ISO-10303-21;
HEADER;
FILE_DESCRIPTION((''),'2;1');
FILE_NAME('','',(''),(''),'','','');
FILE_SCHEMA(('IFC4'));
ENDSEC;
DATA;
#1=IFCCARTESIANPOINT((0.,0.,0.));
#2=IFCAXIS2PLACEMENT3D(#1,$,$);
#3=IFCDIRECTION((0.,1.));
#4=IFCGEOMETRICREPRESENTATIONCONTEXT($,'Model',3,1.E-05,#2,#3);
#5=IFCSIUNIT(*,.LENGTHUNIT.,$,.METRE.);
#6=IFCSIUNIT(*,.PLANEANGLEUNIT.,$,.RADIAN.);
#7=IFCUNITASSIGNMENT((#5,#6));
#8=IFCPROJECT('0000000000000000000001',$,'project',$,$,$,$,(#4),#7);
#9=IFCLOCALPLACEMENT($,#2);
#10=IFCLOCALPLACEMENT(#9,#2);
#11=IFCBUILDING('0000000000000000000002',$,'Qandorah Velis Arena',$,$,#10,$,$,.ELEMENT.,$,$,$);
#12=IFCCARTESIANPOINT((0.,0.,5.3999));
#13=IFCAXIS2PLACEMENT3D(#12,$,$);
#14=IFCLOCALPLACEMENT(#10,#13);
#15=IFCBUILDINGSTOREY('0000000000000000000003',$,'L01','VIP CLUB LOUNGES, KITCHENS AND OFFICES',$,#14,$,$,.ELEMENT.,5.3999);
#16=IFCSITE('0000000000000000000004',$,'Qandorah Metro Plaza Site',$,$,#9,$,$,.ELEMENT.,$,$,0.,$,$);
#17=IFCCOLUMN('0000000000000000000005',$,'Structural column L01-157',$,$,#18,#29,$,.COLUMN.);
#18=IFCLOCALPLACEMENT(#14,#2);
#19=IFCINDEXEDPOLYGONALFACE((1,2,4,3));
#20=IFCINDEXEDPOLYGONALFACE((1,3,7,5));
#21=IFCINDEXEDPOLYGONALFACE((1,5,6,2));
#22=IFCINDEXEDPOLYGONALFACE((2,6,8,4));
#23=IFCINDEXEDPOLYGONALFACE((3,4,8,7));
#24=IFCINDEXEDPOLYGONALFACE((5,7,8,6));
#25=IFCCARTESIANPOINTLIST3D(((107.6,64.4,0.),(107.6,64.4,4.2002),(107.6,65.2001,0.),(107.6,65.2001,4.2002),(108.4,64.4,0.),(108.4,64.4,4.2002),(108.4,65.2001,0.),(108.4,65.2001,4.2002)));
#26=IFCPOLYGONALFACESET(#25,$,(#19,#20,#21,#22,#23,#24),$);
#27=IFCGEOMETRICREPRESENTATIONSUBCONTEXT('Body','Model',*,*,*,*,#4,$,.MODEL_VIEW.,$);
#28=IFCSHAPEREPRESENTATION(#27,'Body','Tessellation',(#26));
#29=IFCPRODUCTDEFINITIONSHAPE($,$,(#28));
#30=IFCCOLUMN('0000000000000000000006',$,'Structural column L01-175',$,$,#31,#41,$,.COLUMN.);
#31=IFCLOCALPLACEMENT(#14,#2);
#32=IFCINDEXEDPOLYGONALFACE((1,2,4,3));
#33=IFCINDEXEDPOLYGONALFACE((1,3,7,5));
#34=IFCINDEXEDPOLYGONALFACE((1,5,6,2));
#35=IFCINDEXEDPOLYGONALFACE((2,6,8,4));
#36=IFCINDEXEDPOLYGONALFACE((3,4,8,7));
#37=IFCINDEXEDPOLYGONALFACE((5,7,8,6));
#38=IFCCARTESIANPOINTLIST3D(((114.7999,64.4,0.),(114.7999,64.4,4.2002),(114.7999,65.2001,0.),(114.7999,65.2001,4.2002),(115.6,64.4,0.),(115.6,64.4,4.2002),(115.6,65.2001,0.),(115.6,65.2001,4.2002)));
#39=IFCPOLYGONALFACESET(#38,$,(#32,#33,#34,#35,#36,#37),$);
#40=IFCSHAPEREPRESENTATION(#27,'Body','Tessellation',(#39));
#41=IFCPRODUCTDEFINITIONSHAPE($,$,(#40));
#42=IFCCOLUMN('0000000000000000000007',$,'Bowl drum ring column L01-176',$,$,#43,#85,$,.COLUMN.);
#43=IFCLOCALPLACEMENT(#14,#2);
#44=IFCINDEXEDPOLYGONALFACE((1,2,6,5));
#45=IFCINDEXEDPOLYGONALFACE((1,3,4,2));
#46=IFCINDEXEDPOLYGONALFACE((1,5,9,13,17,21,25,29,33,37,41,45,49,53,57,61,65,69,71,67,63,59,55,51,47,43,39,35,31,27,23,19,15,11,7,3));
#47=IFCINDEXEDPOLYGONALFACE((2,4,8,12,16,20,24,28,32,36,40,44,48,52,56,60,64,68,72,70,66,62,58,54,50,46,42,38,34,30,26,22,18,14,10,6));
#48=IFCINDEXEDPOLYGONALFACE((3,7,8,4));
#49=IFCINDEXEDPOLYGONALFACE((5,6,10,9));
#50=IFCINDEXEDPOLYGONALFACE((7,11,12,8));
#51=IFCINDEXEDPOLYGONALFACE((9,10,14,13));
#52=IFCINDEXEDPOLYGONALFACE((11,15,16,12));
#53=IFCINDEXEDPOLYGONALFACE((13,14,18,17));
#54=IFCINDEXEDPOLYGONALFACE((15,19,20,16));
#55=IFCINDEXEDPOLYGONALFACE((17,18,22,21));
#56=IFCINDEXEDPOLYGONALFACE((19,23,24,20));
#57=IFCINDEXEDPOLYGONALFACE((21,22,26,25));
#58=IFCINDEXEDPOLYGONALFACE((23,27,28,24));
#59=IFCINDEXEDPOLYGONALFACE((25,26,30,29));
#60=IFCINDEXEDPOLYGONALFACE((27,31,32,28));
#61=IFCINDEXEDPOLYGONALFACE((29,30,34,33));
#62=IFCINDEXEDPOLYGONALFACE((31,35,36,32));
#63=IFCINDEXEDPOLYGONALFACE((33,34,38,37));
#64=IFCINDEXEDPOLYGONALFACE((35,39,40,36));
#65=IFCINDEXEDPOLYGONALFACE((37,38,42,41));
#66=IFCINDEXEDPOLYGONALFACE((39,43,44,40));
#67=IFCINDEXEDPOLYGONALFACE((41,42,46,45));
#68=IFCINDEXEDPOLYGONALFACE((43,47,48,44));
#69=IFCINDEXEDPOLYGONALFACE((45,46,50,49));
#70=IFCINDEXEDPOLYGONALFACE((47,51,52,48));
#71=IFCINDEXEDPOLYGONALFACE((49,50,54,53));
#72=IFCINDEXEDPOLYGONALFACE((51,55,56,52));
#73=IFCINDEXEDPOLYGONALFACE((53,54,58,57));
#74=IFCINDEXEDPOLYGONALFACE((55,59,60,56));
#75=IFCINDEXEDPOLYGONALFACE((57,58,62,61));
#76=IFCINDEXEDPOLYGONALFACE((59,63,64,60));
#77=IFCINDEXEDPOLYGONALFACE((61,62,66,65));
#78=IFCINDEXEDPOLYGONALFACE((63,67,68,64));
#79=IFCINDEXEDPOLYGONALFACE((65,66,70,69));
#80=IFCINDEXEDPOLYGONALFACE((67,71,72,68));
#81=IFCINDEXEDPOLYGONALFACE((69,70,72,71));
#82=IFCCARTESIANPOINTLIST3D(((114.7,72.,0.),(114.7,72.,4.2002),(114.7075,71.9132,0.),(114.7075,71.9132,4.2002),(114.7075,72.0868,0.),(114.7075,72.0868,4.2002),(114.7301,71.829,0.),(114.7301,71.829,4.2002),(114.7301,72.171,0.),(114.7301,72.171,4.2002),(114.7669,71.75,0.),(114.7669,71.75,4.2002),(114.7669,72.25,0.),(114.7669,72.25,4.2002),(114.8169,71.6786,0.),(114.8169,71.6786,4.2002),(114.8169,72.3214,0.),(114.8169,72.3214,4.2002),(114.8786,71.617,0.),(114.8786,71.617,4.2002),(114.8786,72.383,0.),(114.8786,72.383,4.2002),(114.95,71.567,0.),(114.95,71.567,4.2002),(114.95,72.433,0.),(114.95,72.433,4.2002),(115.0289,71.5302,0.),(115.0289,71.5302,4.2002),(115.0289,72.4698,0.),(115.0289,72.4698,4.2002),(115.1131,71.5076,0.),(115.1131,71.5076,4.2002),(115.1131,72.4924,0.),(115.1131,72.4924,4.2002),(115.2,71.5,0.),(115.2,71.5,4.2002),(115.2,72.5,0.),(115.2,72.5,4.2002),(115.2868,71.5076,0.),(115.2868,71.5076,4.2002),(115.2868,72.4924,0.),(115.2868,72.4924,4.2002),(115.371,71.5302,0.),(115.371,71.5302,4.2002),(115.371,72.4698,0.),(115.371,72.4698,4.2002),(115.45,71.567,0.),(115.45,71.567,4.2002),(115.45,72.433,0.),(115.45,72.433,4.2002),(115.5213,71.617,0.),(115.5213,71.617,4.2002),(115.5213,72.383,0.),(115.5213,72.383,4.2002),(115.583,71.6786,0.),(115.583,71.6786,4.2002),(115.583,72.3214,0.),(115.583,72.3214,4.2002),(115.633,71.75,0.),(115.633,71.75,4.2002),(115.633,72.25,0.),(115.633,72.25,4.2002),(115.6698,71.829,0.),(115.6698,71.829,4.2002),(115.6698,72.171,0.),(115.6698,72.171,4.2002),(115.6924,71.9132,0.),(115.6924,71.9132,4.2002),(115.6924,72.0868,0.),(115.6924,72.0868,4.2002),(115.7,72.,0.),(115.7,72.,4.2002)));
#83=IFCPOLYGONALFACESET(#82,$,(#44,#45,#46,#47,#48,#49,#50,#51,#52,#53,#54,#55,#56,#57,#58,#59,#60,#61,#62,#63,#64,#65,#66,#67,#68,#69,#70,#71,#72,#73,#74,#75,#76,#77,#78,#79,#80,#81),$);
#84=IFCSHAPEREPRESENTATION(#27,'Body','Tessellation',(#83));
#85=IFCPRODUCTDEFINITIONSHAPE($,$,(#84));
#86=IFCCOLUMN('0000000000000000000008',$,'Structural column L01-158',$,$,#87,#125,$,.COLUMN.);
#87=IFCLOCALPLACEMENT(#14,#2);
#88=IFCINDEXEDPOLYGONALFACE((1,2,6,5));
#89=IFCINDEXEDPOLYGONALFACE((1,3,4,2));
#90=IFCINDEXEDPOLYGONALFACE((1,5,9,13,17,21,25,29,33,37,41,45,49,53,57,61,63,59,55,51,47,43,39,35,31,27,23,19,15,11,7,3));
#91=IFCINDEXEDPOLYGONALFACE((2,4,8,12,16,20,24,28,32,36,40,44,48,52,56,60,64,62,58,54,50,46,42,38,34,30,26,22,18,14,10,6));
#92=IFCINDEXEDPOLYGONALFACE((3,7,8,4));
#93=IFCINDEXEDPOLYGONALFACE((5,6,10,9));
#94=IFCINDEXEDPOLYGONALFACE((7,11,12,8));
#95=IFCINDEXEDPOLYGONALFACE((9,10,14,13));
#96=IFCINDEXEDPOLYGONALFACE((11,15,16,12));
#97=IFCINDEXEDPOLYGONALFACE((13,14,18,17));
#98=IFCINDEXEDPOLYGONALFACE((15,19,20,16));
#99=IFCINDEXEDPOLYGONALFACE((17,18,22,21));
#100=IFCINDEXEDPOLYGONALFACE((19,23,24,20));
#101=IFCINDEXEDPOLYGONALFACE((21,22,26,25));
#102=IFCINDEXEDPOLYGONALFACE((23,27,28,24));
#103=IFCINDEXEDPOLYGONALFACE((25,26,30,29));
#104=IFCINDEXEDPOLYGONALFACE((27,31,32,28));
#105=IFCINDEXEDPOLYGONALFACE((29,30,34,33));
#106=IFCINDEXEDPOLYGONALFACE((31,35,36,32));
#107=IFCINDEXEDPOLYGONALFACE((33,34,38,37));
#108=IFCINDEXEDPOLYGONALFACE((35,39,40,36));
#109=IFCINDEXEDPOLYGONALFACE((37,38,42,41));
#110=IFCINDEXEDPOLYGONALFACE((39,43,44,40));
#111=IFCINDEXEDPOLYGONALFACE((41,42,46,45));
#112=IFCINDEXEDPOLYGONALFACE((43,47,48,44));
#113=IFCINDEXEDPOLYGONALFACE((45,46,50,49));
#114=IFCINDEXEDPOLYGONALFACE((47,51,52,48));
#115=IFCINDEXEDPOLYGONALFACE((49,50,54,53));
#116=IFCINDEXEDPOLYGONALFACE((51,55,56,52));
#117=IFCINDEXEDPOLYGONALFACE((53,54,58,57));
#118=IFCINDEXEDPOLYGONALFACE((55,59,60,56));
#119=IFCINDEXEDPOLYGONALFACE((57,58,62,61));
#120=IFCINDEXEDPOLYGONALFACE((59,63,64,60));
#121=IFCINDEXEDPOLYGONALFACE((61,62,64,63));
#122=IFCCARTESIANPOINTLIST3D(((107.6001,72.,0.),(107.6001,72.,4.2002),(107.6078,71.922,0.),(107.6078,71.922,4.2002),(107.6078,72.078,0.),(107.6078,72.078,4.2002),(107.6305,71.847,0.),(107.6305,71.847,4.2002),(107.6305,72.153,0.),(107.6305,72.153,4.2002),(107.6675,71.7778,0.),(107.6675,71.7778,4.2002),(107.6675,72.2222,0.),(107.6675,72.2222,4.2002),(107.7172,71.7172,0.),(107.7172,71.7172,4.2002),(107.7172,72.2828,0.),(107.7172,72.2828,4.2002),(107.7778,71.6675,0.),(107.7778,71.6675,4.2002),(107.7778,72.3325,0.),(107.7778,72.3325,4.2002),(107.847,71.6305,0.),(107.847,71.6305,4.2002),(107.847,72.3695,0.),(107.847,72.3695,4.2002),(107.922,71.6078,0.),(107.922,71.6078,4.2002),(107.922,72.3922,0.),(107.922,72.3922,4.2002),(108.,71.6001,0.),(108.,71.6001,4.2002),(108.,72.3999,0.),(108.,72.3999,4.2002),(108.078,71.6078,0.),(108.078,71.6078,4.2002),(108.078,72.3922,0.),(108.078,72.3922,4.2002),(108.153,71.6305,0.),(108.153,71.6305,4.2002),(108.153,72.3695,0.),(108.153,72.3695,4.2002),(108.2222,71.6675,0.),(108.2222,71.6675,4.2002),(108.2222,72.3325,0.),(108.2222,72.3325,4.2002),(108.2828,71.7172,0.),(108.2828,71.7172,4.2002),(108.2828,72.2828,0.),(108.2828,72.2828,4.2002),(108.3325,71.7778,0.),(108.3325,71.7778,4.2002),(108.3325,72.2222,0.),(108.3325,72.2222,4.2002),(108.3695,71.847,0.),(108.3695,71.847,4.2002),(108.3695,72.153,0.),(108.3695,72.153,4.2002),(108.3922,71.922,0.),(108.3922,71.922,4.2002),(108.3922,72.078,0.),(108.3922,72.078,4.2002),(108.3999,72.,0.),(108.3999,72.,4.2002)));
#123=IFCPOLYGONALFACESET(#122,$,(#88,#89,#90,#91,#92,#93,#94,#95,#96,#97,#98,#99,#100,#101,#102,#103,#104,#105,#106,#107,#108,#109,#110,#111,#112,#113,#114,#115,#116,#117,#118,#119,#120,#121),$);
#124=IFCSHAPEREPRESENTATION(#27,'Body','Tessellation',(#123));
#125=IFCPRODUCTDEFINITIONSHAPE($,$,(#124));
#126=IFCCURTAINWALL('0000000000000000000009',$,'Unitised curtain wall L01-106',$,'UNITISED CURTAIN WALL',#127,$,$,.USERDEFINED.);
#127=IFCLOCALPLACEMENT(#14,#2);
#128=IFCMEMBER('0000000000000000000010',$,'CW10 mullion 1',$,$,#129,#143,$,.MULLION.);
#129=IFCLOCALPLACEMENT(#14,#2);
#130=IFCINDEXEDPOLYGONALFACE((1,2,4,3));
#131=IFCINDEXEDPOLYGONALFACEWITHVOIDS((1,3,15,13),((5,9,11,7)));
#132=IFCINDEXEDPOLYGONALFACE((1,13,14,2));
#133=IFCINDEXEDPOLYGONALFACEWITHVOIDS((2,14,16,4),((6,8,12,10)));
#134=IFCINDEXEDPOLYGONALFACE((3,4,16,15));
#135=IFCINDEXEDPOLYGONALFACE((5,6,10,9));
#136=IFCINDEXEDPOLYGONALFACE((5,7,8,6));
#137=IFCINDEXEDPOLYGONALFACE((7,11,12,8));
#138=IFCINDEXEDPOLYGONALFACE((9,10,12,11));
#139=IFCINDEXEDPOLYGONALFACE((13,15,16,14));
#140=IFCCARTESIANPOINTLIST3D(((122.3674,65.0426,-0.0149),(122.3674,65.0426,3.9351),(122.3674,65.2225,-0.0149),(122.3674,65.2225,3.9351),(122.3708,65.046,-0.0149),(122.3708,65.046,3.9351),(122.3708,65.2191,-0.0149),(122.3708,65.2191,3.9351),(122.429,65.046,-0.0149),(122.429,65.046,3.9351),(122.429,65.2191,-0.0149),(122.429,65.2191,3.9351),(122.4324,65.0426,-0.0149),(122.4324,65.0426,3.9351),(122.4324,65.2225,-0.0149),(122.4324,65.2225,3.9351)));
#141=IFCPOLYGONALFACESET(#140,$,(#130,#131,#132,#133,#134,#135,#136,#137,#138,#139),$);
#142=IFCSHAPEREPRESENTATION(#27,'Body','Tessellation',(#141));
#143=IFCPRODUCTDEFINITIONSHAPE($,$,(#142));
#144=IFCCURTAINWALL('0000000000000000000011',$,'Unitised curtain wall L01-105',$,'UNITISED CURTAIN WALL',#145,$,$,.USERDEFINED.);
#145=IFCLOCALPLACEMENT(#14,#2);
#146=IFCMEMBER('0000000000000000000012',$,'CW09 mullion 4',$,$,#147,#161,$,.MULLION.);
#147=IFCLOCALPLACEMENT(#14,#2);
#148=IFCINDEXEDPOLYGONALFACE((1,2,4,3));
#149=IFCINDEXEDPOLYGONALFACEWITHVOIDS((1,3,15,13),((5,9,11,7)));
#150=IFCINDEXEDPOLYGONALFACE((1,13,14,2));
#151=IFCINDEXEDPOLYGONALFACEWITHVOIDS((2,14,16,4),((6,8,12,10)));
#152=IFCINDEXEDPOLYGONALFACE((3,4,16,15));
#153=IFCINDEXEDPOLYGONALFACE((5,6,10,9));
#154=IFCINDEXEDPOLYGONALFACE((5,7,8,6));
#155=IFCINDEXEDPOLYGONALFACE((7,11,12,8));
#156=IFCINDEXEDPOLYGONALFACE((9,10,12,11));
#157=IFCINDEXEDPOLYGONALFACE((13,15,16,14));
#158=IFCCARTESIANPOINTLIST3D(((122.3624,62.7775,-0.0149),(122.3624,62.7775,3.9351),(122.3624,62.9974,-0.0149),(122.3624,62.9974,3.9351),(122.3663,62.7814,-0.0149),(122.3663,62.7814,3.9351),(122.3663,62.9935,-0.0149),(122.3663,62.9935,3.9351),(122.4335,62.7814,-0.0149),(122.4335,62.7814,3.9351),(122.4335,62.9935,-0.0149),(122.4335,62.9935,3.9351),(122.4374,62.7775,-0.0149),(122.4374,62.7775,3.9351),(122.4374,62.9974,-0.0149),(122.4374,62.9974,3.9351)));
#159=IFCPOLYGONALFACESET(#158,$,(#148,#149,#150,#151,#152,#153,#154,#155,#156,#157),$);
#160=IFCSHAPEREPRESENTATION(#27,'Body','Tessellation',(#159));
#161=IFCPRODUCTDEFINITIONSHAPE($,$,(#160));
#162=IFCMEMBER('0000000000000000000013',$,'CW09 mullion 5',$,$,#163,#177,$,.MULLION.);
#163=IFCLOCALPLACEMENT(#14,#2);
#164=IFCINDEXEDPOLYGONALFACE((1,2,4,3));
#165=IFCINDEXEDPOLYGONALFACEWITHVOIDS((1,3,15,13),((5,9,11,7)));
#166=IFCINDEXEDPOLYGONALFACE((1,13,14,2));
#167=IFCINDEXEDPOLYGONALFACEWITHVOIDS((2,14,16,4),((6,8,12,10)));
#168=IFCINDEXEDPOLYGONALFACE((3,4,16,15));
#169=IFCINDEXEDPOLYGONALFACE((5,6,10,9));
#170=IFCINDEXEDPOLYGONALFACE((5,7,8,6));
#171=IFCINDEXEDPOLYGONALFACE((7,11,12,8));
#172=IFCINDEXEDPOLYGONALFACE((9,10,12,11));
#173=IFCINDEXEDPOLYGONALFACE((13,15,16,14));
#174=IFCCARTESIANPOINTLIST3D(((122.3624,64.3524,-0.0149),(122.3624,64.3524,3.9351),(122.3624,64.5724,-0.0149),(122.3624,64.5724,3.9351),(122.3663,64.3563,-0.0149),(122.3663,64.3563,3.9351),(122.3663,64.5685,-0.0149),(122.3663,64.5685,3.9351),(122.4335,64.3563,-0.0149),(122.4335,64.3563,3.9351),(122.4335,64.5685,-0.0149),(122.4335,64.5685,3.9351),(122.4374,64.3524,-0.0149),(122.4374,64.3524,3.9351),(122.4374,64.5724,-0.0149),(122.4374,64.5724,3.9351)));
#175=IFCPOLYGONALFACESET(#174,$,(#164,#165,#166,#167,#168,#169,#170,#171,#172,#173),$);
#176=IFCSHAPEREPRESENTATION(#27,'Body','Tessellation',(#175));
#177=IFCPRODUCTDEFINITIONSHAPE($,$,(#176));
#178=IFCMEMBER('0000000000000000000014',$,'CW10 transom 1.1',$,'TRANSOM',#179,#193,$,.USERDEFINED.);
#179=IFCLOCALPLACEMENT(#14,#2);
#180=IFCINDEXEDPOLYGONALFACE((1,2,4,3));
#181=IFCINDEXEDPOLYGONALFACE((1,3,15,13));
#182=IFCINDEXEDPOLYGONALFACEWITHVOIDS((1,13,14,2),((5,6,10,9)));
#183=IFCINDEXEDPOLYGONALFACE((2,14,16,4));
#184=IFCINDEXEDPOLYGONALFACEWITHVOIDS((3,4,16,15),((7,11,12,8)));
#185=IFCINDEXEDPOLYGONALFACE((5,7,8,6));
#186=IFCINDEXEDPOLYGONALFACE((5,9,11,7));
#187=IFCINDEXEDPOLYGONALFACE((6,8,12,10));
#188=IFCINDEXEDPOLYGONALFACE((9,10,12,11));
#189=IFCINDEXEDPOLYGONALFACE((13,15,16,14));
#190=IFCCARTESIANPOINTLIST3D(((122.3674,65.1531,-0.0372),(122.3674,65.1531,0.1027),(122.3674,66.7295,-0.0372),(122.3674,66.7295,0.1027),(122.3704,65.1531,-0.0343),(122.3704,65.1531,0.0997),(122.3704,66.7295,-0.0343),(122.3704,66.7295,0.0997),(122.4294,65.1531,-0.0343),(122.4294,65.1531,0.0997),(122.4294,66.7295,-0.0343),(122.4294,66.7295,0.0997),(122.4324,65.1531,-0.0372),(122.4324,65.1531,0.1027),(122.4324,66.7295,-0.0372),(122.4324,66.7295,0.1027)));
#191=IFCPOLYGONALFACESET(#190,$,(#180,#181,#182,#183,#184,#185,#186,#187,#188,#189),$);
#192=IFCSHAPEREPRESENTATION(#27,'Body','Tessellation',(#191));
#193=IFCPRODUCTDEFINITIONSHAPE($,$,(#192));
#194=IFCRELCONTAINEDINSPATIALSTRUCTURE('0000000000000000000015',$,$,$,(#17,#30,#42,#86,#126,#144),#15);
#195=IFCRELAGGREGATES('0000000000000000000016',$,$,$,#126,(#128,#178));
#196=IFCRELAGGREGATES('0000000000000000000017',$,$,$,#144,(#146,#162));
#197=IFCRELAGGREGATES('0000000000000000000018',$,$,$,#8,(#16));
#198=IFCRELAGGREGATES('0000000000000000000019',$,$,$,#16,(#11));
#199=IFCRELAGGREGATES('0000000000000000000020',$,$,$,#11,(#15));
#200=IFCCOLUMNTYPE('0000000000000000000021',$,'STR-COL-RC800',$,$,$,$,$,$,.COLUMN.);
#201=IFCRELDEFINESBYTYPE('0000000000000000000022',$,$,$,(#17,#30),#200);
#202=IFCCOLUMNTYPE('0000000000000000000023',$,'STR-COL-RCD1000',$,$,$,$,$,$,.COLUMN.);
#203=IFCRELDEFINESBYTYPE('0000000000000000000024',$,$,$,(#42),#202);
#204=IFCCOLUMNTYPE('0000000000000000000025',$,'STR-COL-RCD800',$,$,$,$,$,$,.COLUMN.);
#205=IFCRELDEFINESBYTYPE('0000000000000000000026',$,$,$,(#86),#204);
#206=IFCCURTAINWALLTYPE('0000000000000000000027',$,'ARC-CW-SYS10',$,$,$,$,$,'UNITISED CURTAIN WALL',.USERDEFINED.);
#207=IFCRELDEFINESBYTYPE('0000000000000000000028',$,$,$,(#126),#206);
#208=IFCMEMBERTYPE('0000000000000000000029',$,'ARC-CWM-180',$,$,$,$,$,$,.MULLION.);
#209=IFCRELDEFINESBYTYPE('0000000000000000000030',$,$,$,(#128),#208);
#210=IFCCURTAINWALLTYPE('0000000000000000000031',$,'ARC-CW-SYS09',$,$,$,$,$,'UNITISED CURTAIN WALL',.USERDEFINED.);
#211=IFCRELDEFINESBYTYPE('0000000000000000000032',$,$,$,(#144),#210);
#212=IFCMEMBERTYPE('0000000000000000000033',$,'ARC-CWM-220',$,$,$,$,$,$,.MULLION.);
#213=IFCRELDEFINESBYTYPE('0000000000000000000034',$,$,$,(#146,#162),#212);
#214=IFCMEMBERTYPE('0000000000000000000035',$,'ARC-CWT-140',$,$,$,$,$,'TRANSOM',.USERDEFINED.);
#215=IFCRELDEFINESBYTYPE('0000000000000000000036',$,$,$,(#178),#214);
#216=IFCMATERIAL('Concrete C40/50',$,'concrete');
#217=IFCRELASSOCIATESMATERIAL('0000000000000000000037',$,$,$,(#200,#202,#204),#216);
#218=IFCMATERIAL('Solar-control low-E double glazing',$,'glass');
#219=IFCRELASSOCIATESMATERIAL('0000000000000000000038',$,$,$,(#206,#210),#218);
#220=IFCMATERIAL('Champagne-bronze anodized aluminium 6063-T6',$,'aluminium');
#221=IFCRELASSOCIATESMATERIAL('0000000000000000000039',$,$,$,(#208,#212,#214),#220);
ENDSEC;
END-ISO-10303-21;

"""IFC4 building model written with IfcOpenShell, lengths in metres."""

from ifc_helpers import new_model, si_unit, direction, frame, origin, origin_2d, place, context, subcontext, project, spatial, rectangle, hollow_rectangle, circle, extrude, material, material_profile, profile_set, type_object, element, aggregate, save


model = new_model("IFC4")

# Units and contexts
model_context = context("Model", 3, precision=1e-05, world=origin(), true_north=direction((0.0, 1.0)))
body_context = subcontext(model_context, "Body", "Model", "MODEL_VIEW")
ifc_project = project(units=[si_unit("LENGTHUNIT", "METRE"), si_unit("PLANEANGLEUNIT", "RADIAN")], contexts=[model_context])

# Site, building, storey
site_placement = place(None, origin())
site = spatial("IfcSite", under=ifc_project, at=site_placement, Name="Qandorah Metro Plaza Site", CompositionType="ELEMENT", RefElevation=0.0)
building_placement = place(site_placement, origin())
building = spatial("IfcBuilding", under=site, at=building_placement, Name="Qandorah Velis Arena", CompositionType="ELEMENT")
storey_placement = place(building_placement, frame((0.0, 0.0, 5.3999)))
storey = spatial("IfcBuildingStorey", under=building, at=storey_placement, Name="L01", Description="VIP CLUB LOUNGES, KITCHENS AND OFFICES", CompositionType="ELEMENT", Elevation=5.3999)

# Columns
ifc_material_1 = material(Name="Concrete C40/50", Category="concrete")
ifc_material_profile_1 = material_profile(ifc_material_1, rectangle(XDim=0.8, YDim=0.8, at=origin_2d()), Name="RC COL 800x800")
ifc_profile_set_1 = profile_set([ifc_material_profile_1], Name="Concrete C40/50")
column_type_1 = type_object("IfcColumnType", Name="STR-COL-RC800", PredefinedType="COLUMN", material=ifc_profile_set_1)
for number, where, z_axis, x_axis, name in (
    (1, (108.0, 64.8, 0.0), (0.0, 0.0, 1.0), (1.0, 0.0, 0.0), "Structural column L01-157"),
    (2, (115.2, 64.8, 0.0), (0.0, 0.0, 1.0), (1.0, 0.0, 0.0), "Structural column L01-175"),
):
    element("IfcColumn", number, at=place(storey_placement, frame(where, z_axis=z_axis, x_axis=x_axis)), inside=storey, type_object=column_type_1, Name=name, PredefinedType="COLUMN", context=body_context, shape_type="SweptSolid", body=[
        extrude(rectangle(XDim=0.8, YDim=0.8, at=origin_2d()), origin(), (0.0, 0.0, 1.0), 4.2002),
    ])
ifc_material_profile_2 = material_profile(ifc_material_1, circle(Radius=0.5, at=origin_2d()), Name="RC D1000")
ifc_profile_set_2 = profile_set([ifc_material_profile_2], Name="Concrete C40/50")
column_type_2 = type_object("IfcColumnType", Name="STR-COL-RCD1000", PredefinedType="COLUMN", material=ifc_profile_set_2)
column_1_placement = place(storey_placement, frame((115.2, 72.0, 0.0), z_axis=(0.0, 0.0, 1.0), x_axis=(1.0, 0.0, 0.0)))
element("IfcColumn", 3, at=column_1_placement, inside=storey, type_object=column_type_2, Name="Bowl drum ring column L01-176", PredefinedType="COLUMN", context=body_context, shape_type="SweptSolid", body=[
    extrude(circle(Radius=0.5, at=origin_2d()), origin(), (0.0, 0.0, 1.0), 4.2002),
])
ifc_material_profile_3 = material_profile(ifc_material_1, circle(Radius=0.3999, at=origin_2d()), Name="RC D800")
ifc_profile_set_3 = profile_set([ifc_material_profile_3], Name="Concrete C40/50")
column_type_3 = type_object("IfcColumnType", Name="STR-COL-RCD800", PredefinedType="COLUMN", material=ifc_profile_set_3)
column_2_placement = place(storey_placement, frame((108.0, 72.0, 0.0), z_axis=(0.0, 0.0, 1.0), x_axis=(1.0, 0.0, 0.0)))
element("IfcColumn", 4, at=column_2_placement, inside=storey, type_object=column_type_3, Name="Structural column L01-158", PredefinedType="COLUMN", context=body_context, shape_type="SweptSolid", body=[
    extrude(circle(Radius=0.3999, at=origin_2d()), origin(), (0.0, 0.0, 1.0), 4.2002),
])

# Curtain wall, member
ifc_material_2 = material(Name="Solar-control low-E double glazing", Category="glass")
curtain_wall_type_1 = type_object("IfcCurtainWallType", Name="ARC-CW-SYS10", ElementType="UNITISED CURTAIN WALL", PredefinedType="USERDEFINED", material=ifc_material_2)
curtain_wall_1_placement = place(storey_placement, origin())
curtain_wall_1 = element("IfcCurtainWall", 5, at=curtain_wall_1_placement, inside=storey, type_object=curtain_wall_type_1, Name="Unitised curtain wall L01-106", ObjectType="UNITISED CURTAIN WALL", PredefinedType="USERDEFINED")
ifc_material_3 = material(Name="Champagne-bronze anodized aluminium 6063-T6", Category="aluminium")
ifc_material_profile_4 = material_profile(ifc_material_3, hollow_rectangle(XDim=0.0649, YDim=0.1799, WallThickness=0.0034, at=origin_2d()), Name="ALU MULLION 65x180")
ifc_profile_set_4 = profile_set([ifc_material_profile_4], Name="Champagne-bronze anodized aluminium 6063-T6")
member_type_1 = type_object("IfcMemberType", Name="ARC-CWM-180", PredefinedType="MULLION", material=ifc_profile_set_4)
member_1_placement = place(storey_placement, frame((122.3999, 65.1326, -0.0149), z_axis=(0.0, 0.0, 1.0), x_axis=(-1.0, 0.0, 0.0)))
member_1 = element("IfcMember", 6, at=member_1_placement, type_object=member_type_1, Name="CW10 mullion 1", PredefinedType="MULLION", context=body_context, shape_type="SweptSolid", body=[
    extrude(hollow_rectangle(XDim=0.0649, YDim=0.1799, WallThickness=0.0034, at=origin_2d()), origin(), (0.0, 0.0, 1.0), 3.95),
])

# Curtain wall, members
curtain_wall_type_2 = type_object("IfcCurtainWallType", Name="ARC-CW-SYS09", ElementType="UNITISED CURTAIN WALL", PredefinedType="USERDEFINED", material=ifc_material_2)
curtain_wall_2_placement = place(storey_placement, origin())
curtain_wall_2 = element("IfcCurtainWall", 7, at=curtain_wall_2_placement, inside=storey, type_object=curtain_wall_type_2, Name="Unitised curtain wall L01-105", ObjectType="UNITISED CURTAIN WALL", PredefinedType="USERDEFINED")
ifc_material_profile_5 = material_profile(ifc_material_3, hollow_rectangle(XDim=0.075, YDim=0.22, WallThickness=0.0039, at=origin_2d()), Name="ALU MULLION 75x220")
ifc_profile_set_5 = profile_set([ifc_material_profile_5], Name="Champagne-bronze anodized aluminium 6063-T6")
member_type_2 = type_object("IfcMemberType", Name="ARC-CWM-220", PredefinedType="MULLION", material=ifc_profile_set_5)
member_2_placement = place(storey_placement, frame((122.3999, 62.8875, -0.0149), z_axis=(0.0, 0.0, 1.0), x_axis=(-1.0, 0.0, 0.0)))
member_2 = element("IfcMember", 8, at=member_2_placement, type_object=member_type_2, Name="CW09 mullion 4", PredefinedType="MULLION", context=body_context, shape_type="SweptSolid", body=[
    extrude(hollow_rectangle(XDim=0.075, YDim=0.22, WallThickness=0.0039, at=origin_2d()), origin(), (0.0, 0.0, 1.0), 3.95),
])
member_3_placement = place(storey_placement, frame((122.3999, 64.4624, -0.0149), z_axis=(0.0, 0.0, 1.0), x_axis=(-1.0, 0.0, 0.0)))
member_3 = element("IfcMember", 9, at=member_3_placement, type_object=member_type_2, Name="CW09 mullion 5", PredefinedType="MULLION", context=body_context, shape_type="SweptSolid", body=[
    extrude(hollow_rectangle(XDim=0.075, YDim=0.22, WallThickness=0.0039, at=origin_2d()), origin(), (0.0, 0.0, 1.0), 3.95),
])

# Member
ifc_material_profile_6 = material_profile(ifc_material_3, hollow_rectangle(XDim=0.0649, YDim=0.1399, WallThickness=0.0029, at=origin_2d()), Name="ALU TRANSOM 65x140")
ifc_profile_set_6 = profile_set([ifc_material_profile_6], Name="Champagne-bronze anodized aluminium 6063-T6")
member_type_3 = type_object("IfcMemberType", Name="ARC-CWT-140", ElementType="TRANSOM", PredefinedType="USERDEFINED", material=ifc_profile_set_6)
member_4_placement = place(storey_placement, frame((122.3999, 65.1531, 0.0327), z_axis=(0.0, 1.0, 0.0), x_axis=(-1.0, 0.0, 0.0)))
member_4 = element("IfcMember", 10, at=member_4_placement, type_object=member_type_3, Name="CW10 transom 1.1", ObjectType="TRANSOM", PredefinedType="USERDEFINED", context=body_context, shape_type="SweptSolid", body=[
    extrude(hollow_rectangle(XDim=0.0649, YDim=0.1399, WallThickness=0.0029, at=origin_2d()), origin(), (0.0, 0.0, 1.0), 1.5764),
])
aggregate(curtain_wall_1, [member_1, member_4])

aggregate(curtain_wall_2, [member_2, member_3])

save(model, "model.ifc")
